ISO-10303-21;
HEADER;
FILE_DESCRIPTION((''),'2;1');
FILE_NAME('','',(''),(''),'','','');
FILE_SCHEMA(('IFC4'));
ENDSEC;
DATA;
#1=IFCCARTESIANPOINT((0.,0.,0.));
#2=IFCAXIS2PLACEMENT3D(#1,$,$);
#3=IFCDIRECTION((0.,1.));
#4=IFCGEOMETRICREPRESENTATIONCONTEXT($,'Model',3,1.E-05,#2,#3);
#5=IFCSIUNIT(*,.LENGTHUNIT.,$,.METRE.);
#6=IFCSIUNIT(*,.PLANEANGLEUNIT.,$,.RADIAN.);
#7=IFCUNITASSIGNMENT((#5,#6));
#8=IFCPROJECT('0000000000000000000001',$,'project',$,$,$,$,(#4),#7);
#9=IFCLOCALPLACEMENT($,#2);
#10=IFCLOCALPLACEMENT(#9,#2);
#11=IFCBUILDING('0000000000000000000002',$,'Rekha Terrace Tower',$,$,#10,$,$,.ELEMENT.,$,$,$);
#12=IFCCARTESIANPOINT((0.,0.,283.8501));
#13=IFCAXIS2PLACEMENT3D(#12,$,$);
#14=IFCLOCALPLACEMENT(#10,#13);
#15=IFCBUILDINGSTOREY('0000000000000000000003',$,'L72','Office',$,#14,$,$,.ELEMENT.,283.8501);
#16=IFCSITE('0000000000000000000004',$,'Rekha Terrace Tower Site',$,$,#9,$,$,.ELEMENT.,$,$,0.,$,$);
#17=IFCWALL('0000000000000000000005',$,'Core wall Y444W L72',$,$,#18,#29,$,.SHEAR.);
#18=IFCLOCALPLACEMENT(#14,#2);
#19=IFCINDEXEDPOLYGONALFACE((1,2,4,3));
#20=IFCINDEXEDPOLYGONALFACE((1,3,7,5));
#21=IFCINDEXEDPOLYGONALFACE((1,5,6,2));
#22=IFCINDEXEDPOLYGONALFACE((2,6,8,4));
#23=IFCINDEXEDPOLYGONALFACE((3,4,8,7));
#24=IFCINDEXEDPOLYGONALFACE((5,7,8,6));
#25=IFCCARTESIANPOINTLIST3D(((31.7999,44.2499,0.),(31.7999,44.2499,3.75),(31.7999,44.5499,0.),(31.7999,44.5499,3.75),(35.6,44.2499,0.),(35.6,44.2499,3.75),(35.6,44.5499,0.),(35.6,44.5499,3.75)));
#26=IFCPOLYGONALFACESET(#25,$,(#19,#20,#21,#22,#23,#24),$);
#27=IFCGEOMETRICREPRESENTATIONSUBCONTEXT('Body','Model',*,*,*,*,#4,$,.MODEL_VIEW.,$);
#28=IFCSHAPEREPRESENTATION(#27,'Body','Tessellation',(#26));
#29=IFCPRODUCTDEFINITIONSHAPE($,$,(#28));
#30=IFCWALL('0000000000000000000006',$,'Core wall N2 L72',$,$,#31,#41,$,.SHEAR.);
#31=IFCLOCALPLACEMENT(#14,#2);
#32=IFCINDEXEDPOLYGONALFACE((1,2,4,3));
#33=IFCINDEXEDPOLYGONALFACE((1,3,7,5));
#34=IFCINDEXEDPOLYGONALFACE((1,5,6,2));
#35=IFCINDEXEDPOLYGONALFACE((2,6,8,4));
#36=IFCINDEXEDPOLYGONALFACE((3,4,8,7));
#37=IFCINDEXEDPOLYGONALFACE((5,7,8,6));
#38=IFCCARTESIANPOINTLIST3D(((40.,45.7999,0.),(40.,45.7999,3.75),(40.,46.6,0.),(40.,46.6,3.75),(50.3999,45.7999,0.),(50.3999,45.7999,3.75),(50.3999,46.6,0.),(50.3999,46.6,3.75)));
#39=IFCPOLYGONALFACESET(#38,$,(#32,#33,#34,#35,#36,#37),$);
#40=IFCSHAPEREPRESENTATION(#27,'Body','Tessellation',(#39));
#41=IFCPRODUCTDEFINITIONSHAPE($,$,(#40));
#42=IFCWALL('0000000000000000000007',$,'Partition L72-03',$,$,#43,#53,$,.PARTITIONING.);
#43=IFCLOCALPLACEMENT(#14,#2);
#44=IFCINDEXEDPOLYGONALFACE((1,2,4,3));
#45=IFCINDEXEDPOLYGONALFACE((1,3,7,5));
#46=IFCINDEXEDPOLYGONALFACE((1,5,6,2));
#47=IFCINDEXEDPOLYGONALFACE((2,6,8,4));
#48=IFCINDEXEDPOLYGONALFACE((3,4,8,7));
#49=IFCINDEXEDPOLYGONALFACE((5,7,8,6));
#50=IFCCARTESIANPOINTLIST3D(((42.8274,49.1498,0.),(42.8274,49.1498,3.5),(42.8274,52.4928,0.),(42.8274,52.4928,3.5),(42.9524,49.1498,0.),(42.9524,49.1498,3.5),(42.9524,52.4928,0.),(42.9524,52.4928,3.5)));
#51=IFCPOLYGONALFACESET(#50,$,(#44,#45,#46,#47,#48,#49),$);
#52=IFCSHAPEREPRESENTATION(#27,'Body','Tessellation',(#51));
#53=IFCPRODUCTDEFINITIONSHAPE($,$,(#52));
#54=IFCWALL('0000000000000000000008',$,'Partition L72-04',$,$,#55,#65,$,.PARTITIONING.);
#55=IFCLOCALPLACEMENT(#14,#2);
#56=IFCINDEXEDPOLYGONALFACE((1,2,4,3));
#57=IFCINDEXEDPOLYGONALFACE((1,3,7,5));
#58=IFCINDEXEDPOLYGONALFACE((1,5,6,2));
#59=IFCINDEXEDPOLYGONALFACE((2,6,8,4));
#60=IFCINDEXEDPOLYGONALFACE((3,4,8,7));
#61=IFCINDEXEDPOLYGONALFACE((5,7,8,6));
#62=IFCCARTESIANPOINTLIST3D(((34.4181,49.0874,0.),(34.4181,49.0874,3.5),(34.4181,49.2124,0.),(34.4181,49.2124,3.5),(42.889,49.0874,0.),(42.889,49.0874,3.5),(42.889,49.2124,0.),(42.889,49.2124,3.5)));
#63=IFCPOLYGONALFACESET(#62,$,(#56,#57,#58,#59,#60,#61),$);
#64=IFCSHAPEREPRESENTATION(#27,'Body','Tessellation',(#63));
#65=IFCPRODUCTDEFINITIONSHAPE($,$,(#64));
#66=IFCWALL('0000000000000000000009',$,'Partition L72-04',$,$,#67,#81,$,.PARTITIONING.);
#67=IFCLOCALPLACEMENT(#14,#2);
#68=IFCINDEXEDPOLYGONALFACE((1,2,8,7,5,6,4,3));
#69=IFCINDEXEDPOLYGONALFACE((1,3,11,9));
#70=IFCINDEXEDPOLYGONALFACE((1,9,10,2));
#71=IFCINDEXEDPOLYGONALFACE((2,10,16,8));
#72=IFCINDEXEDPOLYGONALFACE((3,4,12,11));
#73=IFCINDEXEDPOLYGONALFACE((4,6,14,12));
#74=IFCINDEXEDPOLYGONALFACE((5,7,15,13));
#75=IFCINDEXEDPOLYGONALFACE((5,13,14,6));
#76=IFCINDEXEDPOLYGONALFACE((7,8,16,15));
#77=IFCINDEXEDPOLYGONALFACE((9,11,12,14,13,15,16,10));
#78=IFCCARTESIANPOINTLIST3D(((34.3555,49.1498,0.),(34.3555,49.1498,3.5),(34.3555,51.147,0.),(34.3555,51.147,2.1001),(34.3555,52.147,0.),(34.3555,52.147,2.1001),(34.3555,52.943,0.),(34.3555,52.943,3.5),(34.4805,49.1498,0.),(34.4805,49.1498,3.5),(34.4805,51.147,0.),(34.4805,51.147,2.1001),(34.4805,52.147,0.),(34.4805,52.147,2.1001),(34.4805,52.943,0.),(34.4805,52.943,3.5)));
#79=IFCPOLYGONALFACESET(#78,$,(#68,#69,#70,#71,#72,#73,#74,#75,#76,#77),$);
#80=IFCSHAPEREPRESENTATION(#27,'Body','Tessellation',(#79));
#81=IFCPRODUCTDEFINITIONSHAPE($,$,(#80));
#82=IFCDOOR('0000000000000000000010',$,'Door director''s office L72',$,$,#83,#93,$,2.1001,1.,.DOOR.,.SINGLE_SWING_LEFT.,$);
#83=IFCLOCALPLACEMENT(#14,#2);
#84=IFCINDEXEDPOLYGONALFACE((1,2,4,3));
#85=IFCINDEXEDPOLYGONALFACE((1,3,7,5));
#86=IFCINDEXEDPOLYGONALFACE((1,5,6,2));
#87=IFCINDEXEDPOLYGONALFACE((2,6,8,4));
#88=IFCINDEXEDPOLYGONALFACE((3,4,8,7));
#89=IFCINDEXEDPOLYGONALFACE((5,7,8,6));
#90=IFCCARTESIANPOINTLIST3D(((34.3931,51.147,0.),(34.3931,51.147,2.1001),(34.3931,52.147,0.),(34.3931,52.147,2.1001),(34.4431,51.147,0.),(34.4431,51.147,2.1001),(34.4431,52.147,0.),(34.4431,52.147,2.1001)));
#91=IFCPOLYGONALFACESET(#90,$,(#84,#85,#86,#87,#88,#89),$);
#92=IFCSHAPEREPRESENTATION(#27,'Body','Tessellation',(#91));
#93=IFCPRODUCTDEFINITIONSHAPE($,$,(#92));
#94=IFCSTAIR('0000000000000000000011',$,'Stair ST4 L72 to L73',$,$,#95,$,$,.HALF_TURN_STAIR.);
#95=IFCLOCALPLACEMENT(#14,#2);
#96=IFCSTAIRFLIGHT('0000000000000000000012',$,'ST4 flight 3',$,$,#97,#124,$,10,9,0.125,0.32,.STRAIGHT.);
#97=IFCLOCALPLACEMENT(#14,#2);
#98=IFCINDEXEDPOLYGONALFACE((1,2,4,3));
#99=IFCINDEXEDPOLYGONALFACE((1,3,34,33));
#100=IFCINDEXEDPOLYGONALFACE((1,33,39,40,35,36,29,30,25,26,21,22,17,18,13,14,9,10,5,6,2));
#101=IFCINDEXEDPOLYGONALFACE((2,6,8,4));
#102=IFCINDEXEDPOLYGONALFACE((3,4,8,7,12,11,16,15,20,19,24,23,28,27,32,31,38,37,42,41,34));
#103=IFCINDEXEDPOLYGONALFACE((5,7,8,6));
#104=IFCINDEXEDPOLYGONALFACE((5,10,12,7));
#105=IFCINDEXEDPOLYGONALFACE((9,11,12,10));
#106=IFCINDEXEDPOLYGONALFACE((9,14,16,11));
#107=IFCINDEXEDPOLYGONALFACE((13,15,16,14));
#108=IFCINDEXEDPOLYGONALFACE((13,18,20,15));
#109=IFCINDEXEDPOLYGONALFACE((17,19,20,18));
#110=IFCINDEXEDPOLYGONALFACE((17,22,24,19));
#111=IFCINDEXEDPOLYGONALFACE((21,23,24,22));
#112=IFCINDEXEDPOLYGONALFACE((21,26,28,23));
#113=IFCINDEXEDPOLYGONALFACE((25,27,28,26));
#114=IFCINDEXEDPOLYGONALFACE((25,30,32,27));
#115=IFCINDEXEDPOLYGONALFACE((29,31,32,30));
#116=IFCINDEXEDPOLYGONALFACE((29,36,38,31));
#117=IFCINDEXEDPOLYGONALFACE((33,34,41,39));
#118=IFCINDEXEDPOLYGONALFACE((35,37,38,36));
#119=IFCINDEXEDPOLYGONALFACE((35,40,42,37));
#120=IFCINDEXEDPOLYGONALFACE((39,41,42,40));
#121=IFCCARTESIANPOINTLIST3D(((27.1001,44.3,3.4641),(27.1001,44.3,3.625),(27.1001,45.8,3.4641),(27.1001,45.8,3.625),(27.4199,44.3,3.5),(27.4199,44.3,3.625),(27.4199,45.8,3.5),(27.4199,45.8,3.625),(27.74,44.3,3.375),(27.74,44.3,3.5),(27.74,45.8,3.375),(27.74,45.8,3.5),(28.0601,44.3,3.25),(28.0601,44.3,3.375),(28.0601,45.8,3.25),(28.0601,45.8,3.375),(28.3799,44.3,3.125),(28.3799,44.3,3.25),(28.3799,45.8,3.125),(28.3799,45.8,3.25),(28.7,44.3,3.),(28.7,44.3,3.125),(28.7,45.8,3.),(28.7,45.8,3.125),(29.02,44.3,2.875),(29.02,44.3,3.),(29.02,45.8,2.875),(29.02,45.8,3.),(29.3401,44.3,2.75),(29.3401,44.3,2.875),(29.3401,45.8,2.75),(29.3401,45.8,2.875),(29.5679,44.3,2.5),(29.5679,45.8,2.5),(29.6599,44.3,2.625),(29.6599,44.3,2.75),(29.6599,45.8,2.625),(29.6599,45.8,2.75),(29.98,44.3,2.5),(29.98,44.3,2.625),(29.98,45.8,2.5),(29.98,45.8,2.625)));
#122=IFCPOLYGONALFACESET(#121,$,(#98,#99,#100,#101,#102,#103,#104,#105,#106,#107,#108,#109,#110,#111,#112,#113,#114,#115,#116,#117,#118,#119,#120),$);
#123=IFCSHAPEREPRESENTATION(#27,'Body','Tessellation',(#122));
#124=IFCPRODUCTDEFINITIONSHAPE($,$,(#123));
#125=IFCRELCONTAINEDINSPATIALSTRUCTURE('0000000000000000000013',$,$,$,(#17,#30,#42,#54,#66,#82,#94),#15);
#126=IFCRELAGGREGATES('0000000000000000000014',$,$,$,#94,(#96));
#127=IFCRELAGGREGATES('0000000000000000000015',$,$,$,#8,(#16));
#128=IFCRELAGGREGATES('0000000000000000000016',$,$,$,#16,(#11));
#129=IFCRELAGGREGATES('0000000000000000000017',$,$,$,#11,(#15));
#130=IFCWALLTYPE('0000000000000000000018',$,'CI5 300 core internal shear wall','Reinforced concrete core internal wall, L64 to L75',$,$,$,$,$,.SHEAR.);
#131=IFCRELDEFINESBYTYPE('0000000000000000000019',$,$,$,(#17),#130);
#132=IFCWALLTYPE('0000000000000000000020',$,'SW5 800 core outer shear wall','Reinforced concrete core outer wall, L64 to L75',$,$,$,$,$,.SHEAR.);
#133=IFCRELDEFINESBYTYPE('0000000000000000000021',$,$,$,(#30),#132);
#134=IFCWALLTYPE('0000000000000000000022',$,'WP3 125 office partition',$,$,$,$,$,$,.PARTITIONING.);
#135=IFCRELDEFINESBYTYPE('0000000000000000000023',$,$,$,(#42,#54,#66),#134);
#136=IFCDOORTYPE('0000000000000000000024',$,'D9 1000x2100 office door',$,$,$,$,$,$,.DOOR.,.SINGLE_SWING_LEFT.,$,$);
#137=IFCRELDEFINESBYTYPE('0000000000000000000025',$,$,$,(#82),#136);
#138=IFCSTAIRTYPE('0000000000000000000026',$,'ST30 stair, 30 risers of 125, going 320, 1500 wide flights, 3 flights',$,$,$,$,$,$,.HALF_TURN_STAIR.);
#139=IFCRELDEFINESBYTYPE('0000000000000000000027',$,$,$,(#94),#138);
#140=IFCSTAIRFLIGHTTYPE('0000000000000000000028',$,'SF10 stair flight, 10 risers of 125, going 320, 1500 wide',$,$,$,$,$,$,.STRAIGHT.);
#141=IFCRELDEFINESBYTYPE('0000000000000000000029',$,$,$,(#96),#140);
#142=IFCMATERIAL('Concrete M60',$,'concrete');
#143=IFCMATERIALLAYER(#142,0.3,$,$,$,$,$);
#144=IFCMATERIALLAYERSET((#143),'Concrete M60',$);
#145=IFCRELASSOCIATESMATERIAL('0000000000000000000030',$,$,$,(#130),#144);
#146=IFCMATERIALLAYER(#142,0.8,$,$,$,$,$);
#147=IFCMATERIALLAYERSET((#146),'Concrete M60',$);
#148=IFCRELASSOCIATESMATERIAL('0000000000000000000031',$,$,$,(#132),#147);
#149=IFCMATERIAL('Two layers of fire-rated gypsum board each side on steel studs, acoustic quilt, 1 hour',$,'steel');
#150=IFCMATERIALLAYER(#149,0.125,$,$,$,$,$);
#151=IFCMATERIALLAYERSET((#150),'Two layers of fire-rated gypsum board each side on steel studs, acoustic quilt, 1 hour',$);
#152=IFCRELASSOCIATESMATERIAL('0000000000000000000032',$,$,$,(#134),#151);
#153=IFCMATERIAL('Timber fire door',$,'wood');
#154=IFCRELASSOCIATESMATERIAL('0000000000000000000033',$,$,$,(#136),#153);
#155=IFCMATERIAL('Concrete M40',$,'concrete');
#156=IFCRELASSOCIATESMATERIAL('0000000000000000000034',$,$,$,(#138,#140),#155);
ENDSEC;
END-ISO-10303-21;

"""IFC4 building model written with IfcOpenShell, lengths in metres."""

from ifc_helpers import new_model, si_unit, direction, frame, frame_2d, origin, place, context, subcontext, project, spatial, polyline, rectangle, outline, extrude, material, layer, layer_set, type_object, element, fill, aggregate, save


model = new_model("IFC4")

# Units and contexts
model_context = context("Model", 3, precision=1e-05, world=origin(), true_north=direction((0.0, 1.0)))
body_context = subcontext(model_context, "Body", "Model", "MODEL_VIEW")
ifc_project = project(units=[si_unit("LENGTHUNIT", "METRE"), si_unit("PLANEANGLEUNIT", "RADIAN")], contexts=[model_context])

# Site, building, storey
site_placement = place(None, origin())
site = spatial("IfcSite", under=ifc_project, at=site_placement, Name="Rekha Terrace Tower Site", CompositionType="ELEMENT", RefElevation=0.0)
building_placement = place(site_placement, origin())
building = spatial("IfcBuilding", under=site, at=building_placement, Name="Rekha Terrace Tower", CompositionType="ELEMENT")
storey_placement = place(building_placement, frame((0.0, 0.0, 283.8501)))
storey = spatial("IfcBuildingStorey", under=building, at=storey_placement, Name="L72", Description="Office", CompositionType="ELEMENT", Elevation=283.8501)

# Shared definitions
ifc_material_1 = material(Name="Concrete M60", Category="concrete")

# Walls
ifc_layer_1 = layer(ifc_material_1, 0.3)
ifc_layer_set_1 = layer_set([ifc_layer_1], Name="Concrete M60")
wall_type_1 = type_object("IfcWallType", Name="CI5 300 core internal shear wall", Description="Reinforced concrete core internal wall, L64 to L75", PredefinedType="SHEAR", material=ifc_layer_set_1)
wall_1_placement = place(storey_placement, frame((31.8, 44.3999, 0.0), z_axis=(0.0, 0.0, 1.0), x_axis=(1.0, 0.0, 0.0)))
element("IfcWall", 1, at=wall_1_placement, inside=storey, type_object=wall_type_1, Name="Core wall Y444W L72", PredefinedType="SHEAR", context=body_context, shape_type="SweptSolid", body=[
    extrude(rectangle(XDim=3.8, YDim=0.3, at=frame_2d((1.8999, 0.0))), origin(), (0.0, 0.0, 1.0), 3.75),
])
ifc_layer_2 = layer(ifc_material_1, 0.8)
ifc_layer_set_2 = layer_set([ifc_layer_2], Name="Concrete M60")
wall_type_2 = type_object("IfcWallType", Name="SW5 800 core outer shear wall", Description="Reinforced concrete core outer wall, L64 to L75", PredefinedType="SHEAR", material=ifc_layer_set_2)
wall_2_placement = place(storey_placement, frame((40.0, 46.2, 0.0), z_axis=(0.0, 0.0, 1.0), x_axis=(1.0, 0.0, 0.0)))
element("IfcWall", 2, at=wall_2_placement, inside=storey, type_object=wall_type_2, Name="Core wall N2 L72", PredefinedType="SHEAR", context=body_context, shape_type="SweptSolid", body=[
    extrude(rectangle(XDim=10.3999, YDim=0.8, at=frame_2d((5.2, 0.0))), origin(), (0.0, 0.0, 1.0), 3.75),
])
ifc_material_2 = material(Name="Two layers of fire-rated gypsum board each side on steel studs, acoustic quilt, 1 hour", Category="steel")
ifc_layer_3 = layer(ifc_material_2, 0.125)
ifc_layer_set_3 = layer_set([ifc_layer_3], Name="Two layers of fire-rated gypsum board each side on steel studs, acoustic quilt, 1 hour")
wall_type_3 = type_object("IfcWallType", Name="WP3 125 office partition", PredefinedType="PARTITIONING", material=ifc_layer_set_3)
wall_3_placement = place(storey_placement, frame((42.8899, 49.1499, 0.0), z_axis=(0.0, 0.0, 1.0), x_axis=(0.0, 1.0, 0.0)))
element("IfcWall", 3, at=wall_3_placement, inside=storey, type_object=wall_type_3, Name="Partition L72-03", PredefinedType="PARTITIONING", context=body_context, shape_type="SweptSolid", body=[
    extrude(rectangle(XDim=3.343, YDim=0.125, at=frame_2d((1.6714, 0.0))), origin(), (0.0, 0.0, 1.0), 3.5),
])
wall_4_placement = place(storey_placement, frame((42.8889, 49.1499, 0.0), z_axis=(0.0, 0.0, 1.0), x_axis=(-1.0, 0.0, 0.0)))
element("IfcWall", 4, at=wall_4_placement, inside=storey, type_object=wall_type_3, Name="Partition L72-04", PredefinedType="PARTITIONING", context=body_context, shape_type="SweptSolid", body=[
    extrude(rectangle(XDim=8.4709, YDim=0.125, at=frame_2d((4.2354, 0.0))), origin(), (0.0, 0.0, 1.0), 3.5),
])

# Wall, opening, door
wall_5_placement = place(storey_placement, frame((34.418, 49.1499, 0.0), z_axis=(0.0, 0.0, 1.0), x_axis=(0.0, 1.0, 0.0)))
wall_5 = element("IfcWall", 5, at=wall_5_placement, inside=storey, type_object=wall_type_3, Name="Partition L72-04", PredefinedType="PARTITIONING", context=body_context, shape_type="SweptSolid", body=[
    extrude(rectangle(XDim=3.7932, YDim=0.125, at=frame_2d((1.8965, 0.0))), origin(), (0.0, 0.0, 1.0), 3.5),
])
opening_placement = place(wall_5_placement, frame((1.9971, 0.0, 0.0)))
opening = element("IfcOpeningElement", 6, at=opening_placement, cuts=wall_5, PredefinedType="OPENING", context=body_context, shape_type="SweptSolid", body=[
    extrude(rectangle(XDim=1.0, YDim=2.1001, at=frame_2d((0.5, 1.05))), frame((0.0, 0.0725, 0.0), z_axis=(0.0, -1.0, 0.0), x_axis=(1.0, 0.0, 0.0)), (0.0, 0.0, 1.0), 0.145),
])
ifc_material_3 = material(Name="Timber fire door", Category="wood")
door_type = type_object("IfcDoorType", Name="D9 1000x2100 office door", OperationType="SINGLE_SWING_LEFT", PredefinedType="DOOR", material=ifc_material_3)
door_placement = place(opening_placement, origin())
door = element("IfcDoor", 7, at=door_placement, inside=storey, type_object=door_type, Name="Door director's office L72", OperationType="SINGLE_SWING_LEFT", OverallHeight=2.1001, OverallWidth=1.0, PredefinedType="DOOR", context=body_context, shape_type="SweptSolid", body=[
    extrude(rectangle(XDim=1.0, YDim=2.1001, at=frame_2d((0.5, 1.05))), frame((0.0, 0.0249, 0.0), z_axis=(0.0, -1.0, 0.0), x_axis=(1.0, 0.0, 0.0)), (0.0, 0.0, 1.0), 0.05),
])
fill(opening, door)

# Stair, stair flight
ifc_material_4 = material(Name="Concrete M40", Category="concrete")
stair_type = type_object("IfcStairType", Name="ST30 stair, 30 risers of 125, going 320, 1500 wide flights, 3 flights", PredefinedType="HALF_TURN_STAIR", material=ifc_material_4)
stair_placement = place(storey_placement, origin())
stair = element("IfcStair", 8, at=stair_placement, inside=storey, type_object=stair_type, Name="Stair ST4 L72 to L73", PredefinedType="HALF_TURN_STAIR")
stair_flight_type = type_object("IfcStairFlightType", Name="SF10 stair flight, 10 risers of 125, going 320, 1500 wide", PredefinedType="STRAIGHT", material=ifc_material_4)
stair_flight_placement = place(storey_placement, frame((29.98, 45.05, 2.5), z_axis=(0.0, 0.0, 1.0), x_axis=(-1.0, 0.0, 0.0)))
stair_flight = element("IfcStairFlight", 9, at=stair_flight_placement, type_object=stair_flight_type, Name="ST4 flight 3", NumberOfRisers=10, NumberOfTreads=9, PredefinedType="STRAIGHT", RiserHeight=0.125, TreadLength=0.32, context=body_context, shape_type="SweptSolid", body=[
    extrude(outline(polyline([(0.0, 0.0), (0.0, 0.125), (0.3201, 0.125), (0.3201, 0.25), (0.6399, 0.25), (0.6399, 0.375), (0.96, 0.375), (0.96, 0.5), (1.28, 0.5), (1.28, 0.625), (1.6001, 0.625), (1.6001, 0.75), (1.9199, 0.75), (1.9199, 0.875), (2.24, 0.875), (2.24, 1.0), (2.5601, 1.0), (2.5601, 1.125), (2.8799, 1.125), (2.8799, 1.25), (2.8799, 0.9641), (0.4121, 0.0), (0.0, 0.0)])), frame((0.0, 0.75, 0.0), z_axis=(0.0, -1.0, 0.0), x_axis=(1.0, 0.0, 0.0)), (0.0, 0.0, 1.0), 1.5),
])
aggregate(stair, [stair_flight])

save(model, "model.ifc")
